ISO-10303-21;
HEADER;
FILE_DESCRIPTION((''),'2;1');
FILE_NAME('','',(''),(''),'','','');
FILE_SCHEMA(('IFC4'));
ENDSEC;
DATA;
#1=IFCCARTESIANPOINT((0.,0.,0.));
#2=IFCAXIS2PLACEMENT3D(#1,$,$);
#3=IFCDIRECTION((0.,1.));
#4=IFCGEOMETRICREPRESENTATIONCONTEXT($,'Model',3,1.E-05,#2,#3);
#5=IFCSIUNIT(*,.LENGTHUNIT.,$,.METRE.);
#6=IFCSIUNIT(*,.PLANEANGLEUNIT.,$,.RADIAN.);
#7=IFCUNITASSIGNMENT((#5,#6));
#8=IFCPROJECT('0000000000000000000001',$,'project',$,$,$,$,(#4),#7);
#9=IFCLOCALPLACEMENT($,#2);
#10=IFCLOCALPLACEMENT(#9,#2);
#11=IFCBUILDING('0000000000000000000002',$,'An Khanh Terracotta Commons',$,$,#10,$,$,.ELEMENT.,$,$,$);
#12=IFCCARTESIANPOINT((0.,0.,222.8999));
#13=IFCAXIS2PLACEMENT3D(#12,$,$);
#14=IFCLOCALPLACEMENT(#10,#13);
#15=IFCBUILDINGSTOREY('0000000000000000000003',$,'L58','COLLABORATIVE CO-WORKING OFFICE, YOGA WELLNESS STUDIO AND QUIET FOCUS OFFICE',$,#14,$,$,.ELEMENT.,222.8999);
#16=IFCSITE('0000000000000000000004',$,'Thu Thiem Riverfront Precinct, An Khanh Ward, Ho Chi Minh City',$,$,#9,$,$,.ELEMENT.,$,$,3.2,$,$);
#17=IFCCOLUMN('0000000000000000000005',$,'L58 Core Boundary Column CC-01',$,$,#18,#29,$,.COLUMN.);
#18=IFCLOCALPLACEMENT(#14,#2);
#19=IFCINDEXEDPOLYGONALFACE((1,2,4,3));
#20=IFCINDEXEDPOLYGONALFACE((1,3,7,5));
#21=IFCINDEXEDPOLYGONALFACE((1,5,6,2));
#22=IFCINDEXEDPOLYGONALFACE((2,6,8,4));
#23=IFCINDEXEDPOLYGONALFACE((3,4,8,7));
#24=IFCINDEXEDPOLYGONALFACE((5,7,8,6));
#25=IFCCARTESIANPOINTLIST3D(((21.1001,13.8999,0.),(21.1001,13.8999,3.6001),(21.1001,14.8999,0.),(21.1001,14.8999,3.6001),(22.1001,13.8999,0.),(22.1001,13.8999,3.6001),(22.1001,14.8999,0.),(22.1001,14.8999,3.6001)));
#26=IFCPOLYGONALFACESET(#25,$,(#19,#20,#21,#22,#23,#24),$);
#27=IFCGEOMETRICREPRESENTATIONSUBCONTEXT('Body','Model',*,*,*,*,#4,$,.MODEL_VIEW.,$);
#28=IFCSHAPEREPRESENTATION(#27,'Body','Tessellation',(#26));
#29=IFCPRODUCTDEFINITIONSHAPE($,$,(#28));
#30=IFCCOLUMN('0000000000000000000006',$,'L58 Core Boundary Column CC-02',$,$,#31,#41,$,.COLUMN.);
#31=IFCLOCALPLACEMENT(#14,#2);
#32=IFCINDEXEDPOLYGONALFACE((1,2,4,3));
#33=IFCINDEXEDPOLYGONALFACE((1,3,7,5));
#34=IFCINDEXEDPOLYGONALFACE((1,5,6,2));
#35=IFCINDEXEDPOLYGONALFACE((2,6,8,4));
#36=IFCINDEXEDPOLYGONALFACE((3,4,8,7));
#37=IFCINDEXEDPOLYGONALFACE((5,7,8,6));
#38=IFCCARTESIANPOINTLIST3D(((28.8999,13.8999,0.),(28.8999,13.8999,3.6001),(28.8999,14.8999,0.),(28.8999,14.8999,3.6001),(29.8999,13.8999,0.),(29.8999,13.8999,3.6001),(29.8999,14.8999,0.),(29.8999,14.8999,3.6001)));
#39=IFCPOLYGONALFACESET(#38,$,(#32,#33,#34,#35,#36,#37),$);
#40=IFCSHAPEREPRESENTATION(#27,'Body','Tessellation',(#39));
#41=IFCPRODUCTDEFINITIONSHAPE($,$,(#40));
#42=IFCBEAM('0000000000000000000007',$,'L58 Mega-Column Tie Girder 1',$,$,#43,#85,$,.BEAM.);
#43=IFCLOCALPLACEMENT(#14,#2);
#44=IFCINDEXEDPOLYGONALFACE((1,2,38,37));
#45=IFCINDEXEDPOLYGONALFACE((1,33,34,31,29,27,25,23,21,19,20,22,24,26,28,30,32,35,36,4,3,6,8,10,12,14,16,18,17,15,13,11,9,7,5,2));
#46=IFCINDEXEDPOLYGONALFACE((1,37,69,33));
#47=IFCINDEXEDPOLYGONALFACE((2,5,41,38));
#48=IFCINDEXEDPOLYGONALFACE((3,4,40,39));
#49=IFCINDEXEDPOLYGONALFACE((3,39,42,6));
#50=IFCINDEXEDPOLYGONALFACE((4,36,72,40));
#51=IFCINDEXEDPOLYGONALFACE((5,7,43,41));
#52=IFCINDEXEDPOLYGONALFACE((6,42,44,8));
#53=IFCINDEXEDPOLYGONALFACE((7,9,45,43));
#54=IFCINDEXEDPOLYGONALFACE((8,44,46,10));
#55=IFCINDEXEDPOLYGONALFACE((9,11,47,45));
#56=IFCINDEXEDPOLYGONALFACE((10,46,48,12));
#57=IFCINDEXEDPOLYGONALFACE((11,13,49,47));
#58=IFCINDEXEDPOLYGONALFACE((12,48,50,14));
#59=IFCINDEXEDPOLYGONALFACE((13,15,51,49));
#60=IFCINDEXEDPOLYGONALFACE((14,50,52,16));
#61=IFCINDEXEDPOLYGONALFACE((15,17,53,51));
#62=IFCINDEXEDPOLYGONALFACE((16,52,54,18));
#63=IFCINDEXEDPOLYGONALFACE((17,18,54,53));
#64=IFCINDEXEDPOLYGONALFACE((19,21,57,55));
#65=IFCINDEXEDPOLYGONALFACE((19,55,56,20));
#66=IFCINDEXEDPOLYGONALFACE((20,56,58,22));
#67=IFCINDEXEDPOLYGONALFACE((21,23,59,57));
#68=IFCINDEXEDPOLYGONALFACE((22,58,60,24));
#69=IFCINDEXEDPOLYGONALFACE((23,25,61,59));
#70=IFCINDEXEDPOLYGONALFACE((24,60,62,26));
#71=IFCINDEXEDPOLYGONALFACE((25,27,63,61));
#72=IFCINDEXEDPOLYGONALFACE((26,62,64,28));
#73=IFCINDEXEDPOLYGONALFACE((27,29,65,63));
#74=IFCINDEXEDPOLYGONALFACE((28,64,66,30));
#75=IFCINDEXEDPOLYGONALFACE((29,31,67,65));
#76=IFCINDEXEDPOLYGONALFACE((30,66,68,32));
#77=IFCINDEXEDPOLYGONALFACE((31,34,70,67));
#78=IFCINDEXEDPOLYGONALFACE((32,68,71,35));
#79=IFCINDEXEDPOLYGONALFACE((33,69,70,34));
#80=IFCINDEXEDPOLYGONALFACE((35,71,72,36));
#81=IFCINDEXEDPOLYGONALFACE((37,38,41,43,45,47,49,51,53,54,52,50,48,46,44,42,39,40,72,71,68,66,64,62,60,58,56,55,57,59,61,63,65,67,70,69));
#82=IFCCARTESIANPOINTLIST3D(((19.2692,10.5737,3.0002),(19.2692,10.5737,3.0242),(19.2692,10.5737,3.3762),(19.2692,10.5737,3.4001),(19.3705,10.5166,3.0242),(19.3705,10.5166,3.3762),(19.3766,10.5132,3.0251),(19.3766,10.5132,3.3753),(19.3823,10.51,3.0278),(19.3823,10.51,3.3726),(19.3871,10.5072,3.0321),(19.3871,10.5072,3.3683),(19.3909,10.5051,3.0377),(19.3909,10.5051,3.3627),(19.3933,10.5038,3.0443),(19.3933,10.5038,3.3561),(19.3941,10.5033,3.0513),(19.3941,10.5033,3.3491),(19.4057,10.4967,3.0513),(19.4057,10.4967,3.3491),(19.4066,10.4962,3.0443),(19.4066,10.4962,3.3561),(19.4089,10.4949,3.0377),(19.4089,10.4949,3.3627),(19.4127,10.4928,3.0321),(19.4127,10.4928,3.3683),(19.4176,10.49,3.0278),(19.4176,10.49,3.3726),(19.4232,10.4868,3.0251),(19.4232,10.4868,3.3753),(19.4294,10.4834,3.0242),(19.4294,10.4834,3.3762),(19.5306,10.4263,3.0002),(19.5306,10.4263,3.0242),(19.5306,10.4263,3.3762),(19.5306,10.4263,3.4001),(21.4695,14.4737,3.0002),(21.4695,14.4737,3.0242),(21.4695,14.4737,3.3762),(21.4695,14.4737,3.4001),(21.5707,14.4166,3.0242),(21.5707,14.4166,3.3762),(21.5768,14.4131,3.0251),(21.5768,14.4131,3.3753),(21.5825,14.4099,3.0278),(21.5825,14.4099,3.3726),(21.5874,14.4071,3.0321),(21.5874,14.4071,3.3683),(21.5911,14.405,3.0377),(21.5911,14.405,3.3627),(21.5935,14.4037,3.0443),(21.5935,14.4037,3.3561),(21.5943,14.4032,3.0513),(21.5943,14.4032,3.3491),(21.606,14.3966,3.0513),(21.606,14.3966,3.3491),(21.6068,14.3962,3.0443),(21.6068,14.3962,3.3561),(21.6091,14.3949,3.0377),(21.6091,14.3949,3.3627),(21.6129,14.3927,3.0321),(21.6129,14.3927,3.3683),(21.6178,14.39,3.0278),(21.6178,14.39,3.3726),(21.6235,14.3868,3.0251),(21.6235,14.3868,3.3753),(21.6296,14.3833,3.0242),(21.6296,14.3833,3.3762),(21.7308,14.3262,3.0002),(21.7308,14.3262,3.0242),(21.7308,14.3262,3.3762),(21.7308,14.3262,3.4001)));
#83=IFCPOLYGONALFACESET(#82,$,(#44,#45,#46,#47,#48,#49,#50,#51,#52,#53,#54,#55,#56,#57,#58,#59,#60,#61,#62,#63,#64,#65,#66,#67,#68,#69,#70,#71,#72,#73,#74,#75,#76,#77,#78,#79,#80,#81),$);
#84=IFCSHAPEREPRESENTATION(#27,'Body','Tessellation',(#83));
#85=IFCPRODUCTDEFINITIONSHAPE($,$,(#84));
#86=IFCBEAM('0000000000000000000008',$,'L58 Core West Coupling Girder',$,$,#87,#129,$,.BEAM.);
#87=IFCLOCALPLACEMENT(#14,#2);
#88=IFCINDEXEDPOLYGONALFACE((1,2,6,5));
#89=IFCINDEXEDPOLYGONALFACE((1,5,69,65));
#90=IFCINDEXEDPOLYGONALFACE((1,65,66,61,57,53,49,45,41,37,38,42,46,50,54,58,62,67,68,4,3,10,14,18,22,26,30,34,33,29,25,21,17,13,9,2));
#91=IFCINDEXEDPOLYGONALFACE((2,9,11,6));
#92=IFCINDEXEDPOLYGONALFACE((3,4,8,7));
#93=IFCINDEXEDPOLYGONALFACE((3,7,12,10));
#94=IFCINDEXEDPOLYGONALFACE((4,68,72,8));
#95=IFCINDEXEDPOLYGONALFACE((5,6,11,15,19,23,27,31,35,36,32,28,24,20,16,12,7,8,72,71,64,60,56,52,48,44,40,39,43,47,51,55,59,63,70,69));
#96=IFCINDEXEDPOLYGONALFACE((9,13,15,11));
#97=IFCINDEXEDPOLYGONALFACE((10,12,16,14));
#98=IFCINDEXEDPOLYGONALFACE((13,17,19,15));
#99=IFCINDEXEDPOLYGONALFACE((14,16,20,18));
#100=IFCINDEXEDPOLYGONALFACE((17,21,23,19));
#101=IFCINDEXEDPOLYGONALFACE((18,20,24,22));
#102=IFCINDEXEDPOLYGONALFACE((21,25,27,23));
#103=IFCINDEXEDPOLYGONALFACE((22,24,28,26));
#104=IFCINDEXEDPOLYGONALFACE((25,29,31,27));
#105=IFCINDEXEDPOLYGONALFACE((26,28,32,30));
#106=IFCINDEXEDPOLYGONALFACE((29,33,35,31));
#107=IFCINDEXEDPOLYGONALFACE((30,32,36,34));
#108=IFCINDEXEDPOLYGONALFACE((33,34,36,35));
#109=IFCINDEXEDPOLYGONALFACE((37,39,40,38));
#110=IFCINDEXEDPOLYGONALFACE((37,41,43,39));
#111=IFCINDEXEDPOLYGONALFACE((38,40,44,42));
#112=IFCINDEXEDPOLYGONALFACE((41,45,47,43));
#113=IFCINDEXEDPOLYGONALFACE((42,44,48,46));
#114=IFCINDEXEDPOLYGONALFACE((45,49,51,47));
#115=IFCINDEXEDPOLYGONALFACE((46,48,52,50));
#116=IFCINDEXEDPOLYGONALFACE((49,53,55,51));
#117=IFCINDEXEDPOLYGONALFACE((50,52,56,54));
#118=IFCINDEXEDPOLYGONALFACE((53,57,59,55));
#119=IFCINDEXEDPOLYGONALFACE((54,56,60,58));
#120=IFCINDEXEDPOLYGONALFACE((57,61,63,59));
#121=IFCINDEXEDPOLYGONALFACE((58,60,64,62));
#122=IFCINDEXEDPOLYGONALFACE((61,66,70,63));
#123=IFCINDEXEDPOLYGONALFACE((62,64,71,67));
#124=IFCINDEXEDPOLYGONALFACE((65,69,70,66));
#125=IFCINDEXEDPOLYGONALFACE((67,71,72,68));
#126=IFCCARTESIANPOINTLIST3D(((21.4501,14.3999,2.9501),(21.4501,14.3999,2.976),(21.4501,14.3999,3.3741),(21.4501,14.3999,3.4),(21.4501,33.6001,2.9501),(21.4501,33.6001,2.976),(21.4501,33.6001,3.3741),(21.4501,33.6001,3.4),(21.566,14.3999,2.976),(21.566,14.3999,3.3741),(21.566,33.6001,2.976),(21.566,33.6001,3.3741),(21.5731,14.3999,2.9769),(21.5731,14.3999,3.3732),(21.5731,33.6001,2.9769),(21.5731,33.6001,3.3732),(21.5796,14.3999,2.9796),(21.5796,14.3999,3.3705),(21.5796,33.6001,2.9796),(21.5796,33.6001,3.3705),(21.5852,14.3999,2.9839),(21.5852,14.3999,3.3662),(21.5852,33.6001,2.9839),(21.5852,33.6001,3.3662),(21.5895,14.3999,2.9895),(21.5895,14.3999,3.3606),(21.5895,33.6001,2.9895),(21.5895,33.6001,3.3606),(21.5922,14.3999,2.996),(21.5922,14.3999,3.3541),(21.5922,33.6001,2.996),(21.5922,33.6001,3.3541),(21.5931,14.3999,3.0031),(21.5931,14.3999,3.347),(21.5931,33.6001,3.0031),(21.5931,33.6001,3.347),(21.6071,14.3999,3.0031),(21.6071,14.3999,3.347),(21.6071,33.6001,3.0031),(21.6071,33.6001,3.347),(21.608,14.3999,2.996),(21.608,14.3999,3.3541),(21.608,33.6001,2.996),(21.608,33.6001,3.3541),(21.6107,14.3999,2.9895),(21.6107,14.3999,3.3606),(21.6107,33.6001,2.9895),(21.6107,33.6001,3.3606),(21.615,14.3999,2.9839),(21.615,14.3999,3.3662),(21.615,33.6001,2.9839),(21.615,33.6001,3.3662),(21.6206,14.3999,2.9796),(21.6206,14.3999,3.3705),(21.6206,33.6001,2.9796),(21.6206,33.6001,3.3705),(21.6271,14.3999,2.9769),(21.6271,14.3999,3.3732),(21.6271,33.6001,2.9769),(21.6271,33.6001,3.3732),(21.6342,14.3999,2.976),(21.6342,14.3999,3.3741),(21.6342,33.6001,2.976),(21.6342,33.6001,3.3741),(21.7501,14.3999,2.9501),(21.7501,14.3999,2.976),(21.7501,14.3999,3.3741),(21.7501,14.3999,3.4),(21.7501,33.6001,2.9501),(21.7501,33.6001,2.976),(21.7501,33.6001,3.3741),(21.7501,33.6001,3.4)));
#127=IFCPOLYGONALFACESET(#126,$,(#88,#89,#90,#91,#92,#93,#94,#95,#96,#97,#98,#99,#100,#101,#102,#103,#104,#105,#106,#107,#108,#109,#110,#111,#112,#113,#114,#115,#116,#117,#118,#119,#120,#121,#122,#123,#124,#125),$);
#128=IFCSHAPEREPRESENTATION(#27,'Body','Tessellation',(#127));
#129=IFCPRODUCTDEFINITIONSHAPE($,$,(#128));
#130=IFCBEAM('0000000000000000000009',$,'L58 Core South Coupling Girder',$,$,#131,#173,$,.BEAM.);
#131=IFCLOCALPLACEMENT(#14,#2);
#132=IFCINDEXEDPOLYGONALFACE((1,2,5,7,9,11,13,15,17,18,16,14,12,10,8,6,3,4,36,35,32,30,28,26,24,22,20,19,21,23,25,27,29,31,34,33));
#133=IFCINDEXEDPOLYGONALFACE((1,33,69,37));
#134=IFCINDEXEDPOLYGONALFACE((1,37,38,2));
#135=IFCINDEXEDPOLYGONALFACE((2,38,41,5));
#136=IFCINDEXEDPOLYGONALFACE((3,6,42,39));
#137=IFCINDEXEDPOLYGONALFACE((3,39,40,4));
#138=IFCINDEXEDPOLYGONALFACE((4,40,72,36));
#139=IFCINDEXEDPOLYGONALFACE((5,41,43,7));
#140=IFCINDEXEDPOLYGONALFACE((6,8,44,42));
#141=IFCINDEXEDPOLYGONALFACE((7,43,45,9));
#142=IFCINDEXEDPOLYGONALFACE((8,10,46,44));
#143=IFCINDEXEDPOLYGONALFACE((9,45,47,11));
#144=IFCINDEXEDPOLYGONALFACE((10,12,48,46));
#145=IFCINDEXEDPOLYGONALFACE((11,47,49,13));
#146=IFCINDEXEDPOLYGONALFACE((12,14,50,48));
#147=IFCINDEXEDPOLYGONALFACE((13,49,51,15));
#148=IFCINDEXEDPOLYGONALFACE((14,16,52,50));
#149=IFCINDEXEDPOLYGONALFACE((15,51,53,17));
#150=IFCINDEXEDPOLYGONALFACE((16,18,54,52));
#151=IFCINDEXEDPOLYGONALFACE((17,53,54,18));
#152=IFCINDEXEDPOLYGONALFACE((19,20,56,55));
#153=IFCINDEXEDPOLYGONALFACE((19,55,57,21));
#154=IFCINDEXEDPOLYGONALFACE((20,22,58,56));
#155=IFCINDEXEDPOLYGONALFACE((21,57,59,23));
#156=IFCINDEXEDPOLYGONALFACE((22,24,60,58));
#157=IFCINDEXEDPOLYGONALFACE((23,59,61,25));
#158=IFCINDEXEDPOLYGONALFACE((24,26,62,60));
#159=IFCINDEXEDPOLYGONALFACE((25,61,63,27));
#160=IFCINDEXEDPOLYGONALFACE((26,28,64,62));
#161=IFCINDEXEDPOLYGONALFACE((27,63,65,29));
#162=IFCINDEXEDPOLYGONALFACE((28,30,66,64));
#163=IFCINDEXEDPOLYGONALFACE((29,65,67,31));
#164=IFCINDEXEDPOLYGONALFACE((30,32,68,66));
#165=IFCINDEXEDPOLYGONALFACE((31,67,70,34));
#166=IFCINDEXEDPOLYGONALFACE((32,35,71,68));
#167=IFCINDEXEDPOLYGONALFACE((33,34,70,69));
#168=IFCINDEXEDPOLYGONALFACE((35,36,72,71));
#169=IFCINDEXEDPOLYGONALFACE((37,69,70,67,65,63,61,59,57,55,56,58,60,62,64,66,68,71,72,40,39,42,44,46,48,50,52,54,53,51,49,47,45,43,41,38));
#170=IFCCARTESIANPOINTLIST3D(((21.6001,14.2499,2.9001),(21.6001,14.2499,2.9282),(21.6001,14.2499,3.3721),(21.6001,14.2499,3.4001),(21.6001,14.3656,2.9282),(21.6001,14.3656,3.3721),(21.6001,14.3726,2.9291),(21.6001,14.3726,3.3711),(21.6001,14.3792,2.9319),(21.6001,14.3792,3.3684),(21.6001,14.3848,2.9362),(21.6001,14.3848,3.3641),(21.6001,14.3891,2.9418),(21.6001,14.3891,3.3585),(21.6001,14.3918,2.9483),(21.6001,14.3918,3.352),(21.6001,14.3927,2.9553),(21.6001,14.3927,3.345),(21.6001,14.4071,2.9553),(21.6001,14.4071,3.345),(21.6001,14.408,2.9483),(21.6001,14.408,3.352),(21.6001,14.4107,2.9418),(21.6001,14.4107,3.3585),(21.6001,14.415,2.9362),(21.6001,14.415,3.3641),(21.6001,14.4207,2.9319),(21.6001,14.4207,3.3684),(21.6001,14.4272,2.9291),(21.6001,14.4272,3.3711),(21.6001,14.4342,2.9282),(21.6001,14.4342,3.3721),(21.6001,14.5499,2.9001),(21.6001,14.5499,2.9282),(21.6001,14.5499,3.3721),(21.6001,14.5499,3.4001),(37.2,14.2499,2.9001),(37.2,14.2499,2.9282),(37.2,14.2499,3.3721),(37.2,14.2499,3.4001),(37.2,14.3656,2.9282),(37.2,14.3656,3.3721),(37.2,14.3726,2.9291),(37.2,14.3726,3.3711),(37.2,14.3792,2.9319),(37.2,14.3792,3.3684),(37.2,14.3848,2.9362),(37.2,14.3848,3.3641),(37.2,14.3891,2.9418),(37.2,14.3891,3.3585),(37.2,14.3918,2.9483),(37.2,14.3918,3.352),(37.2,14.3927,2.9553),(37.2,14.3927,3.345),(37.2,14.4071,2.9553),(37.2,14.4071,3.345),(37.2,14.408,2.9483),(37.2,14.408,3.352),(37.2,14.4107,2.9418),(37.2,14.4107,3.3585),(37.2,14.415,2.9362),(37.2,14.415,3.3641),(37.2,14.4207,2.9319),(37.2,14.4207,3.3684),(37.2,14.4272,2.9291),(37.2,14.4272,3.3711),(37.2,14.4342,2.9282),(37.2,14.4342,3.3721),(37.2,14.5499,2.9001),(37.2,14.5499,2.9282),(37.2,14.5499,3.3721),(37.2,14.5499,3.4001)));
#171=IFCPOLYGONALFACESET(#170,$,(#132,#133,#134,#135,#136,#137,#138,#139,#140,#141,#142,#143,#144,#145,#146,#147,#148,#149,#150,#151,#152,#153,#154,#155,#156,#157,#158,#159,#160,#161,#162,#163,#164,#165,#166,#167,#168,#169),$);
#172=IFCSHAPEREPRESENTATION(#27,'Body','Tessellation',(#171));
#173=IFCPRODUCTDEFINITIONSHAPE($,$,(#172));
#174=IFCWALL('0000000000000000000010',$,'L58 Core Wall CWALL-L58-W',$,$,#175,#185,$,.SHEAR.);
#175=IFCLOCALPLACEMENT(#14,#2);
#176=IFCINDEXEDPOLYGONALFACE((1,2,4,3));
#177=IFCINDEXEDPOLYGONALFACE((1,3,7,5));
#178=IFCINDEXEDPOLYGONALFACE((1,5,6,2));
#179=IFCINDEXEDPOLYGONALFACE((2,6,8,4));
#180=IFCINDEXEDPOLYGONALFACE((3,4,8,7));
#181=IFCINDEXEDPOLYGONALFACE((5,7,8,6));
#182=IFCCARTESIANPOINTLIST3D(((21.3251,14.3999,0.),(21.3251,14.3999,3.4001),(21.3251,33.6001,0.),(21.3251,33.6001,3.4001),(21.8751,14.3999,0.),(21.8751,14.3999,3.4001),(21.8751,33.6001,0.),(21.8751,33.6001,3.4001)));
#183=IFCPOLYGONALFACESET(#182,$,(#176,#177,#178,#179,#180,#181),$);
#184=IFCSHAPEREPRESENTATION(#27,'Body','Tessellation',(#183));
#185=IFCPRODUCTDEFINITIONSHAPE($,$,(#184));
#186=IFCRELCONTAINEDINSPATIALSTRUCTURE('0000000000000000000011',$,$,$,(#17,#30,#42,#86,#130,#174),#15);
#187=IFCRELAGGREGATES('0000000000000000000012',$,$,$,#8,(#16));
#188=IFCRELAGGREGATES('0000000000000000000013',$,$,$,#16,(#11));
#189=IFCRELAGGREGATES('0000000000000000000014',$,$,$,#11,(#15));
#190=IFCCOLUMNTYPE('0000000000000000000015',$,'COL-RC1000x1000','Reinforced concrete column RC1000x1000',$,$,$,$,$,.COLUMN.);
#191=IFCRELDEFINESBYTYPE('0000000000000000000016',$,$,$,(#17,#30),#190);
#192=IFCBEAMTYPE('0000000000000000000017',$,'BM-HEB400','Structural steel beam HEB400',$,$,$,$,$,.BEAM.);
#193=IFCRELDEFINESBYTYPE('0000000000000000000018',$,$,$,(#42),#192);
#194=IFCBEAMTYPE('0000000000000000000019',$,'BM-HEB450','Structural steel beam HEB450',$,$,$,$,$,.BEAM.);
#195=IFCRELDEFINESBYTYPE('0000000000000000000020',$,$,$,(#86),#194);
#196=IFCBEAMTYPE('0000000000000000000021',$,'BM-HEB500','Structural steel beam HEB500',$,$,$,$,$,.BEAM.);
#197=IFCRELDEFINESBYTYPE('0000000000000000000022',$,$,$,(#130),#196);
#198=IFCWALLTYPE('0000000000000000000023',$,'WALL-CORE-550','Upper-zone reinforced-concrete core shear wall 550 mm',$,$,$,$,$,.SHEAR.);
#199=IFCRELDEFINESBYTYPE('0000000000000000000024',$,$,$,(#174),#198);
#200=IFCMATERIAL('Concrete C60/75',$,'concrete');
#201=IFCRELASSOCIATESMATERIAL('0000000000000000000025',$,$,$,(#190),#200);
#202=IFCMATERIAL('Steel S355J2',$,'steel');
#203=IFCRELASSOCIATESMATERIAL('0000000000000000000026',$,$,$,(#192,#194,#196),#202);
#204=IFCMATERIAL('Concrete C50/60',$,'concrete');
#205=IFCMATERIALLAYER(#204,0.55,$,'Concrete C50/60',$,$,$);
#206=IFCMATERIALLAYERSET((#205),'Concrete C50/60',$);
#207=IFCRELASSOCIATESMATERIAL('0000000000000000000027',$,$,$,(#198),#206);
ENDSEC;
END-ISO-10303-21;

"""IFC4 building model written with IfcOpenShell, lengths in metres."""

from ifc_helpers import new_model, si_unit, direction, frame, frame_2d, origin, origin_2d, place, context, subcontext, project, spatial, rectangle, i_section, extrude, material, layer, layer_set, material_profile, profile_set, type_object, element, save


model = new_model("IFC4")

# Units and contexts
model_context = context("Model", 3, precision=1e-05, world=origin(), true_north=direction((0.0, 1.0)))
body_context = subcontext(model_context, "Body", "Model", "MODEL_VIEW")
ifc_project = project(units=[si_unit("LENGTHUNIT", "METRE"), si_unit("PLANEANGLEUNIT", "RADIAN")], contexts=[model_context])

# Site, building, storey
site_placement = place(None, origin())
site = spatial("IfcSite", under=ifc_project, at=site_placement, Name="Thu Thiem Riverfront Precinct, An Khanh Ward, Ho Chi Minh City", CompositionType="ELEMENT", RefElevation=3.2)
building_placement = place(site_placement, origin())
building = spatial("IfcBuilding", under=site, at=building_placement, Name="An Khanh Terracotta Commons", CompositionType="ELEMENT")
storey_placement = place(building_placement, frame((0.0, 0.0, 222.8999)))
storey = spatial("IfcBuildingStorey", under=building, at=storey_placement, Name="L58", Description="COLLABORATIVE CO-WORKING OFFICE, YOGA WELLNESS STUDIO AND QUIET FOCUS OFFICE", CompositionType="ELEMENT", Elevation=222.8999)

# Columns
ifc_material_1 = material(Name="Concrete C60/75", Category="concrete")
ifc_material_profile_1 = material_profile(ifc_material_1, rectangle(XDim=1.0, YDim=1.0, at=origin_2d()), Name="RC1000x1000")
ifc_profile_set_1 = profile_set([ifc_material_profile_1], Name="Concrete C60/75")
column_type = type_object("IfcColumnType", Name="COL-RC1000x1000", Description="Reinforced concrete column RC1000x1000", PredefinedType="COLUMN", material=ifc_profile_set_1)
for number, where, z_axis, x_axis, name in (
    (1, (21.6001, 14.3999, 0.0), (0.0, 0.0, 1.0), (1.0, 0.0, 0.0), "L58 Core Boundary Column CC-01"),
    (2, (29.3999, 14.3999, 0.0), (0.0, 0.0, 1.0), (1.0, 0.0, 0.0), "L58 Core Boundary Column CC-02"),
):
    element("IfcColumn", number, at=place(storey_placement, frame(where, z_axis=z_axis, x_axis=x_axis)), inside=storey, type_object=column_type, Name=name, PredefinedType="COLUMN", context=body_context, shape_type="SweptSolid", body=[
        extrude(rectangle(XDim=1.0, YDim=1.0, at=origin_2d()), origin(), (0.0, 0.0, 1.0), 3.6001),
    ])

# Beams
ifc_material_2 = material(Name="Steel S355J2", Category="steel")
ifc_material_profile_2 = material_profile(ifc_material_2, i_section(OverallWidth=0.3, OverallDepth=0.3999, WebThickness=0.0134, FlangeThickness=0.0239, FilletRadius=0.0271, at=origin_2d()), Name="HEB400")
ifc_profile_set_2 = profile_set([ifc_material_profile_2], Name="Steel S355J2")
beam_type_1 = type_object("IfcBeamType", Name="BM-HEB400", Description="Structural steel beam HEB400", PredefinedType="BEAM", material=ifc_profile_set_2)
beam_1_placement = place(storey_placement, frame((19.3999, 10.5, 3.2002), z_axis=(0.491364, 0.870955, 0.0), x_axis=(-0.870955, 0.491364, 0.0)))
element("IfcBeam", 3, at=beam_1_placement, inside=storey, type_object=beam_type_1, Name="L58 Mega-Column Tie Girder 1", PredefinedType="BEAM", context=body_context, shape_type="SweptSolid", body=[
    extrude(i_section(OverallWidth=0.3, OverallDepth=0.3999, WebThickness=0.0134, FlangeThickness=0.0239, FilletRadius=0.0271, at=origin_2d()), origin(), (0.0, 0.0, 1.0), 4.4778),
])
ifc_material_profile_3 = material_profile(ifc_material_2, i_section(OverallWidth=0.3, OverallDepth=0.45, WebThickness=0.0139, FlangeThickness=0.0259, FilletRadius=0.0271, at=origin_2d()), Name="HEB450")
ifc_profile_set_3 = profile_set([ifc_material_profile_3], Name="Steel S355J2")
beam_type_2 = type_object("IfcBeamType", Name="BM-HEB450", Description="Structural steel beam HEB450", PredefinedType="BEAM", material=ifc_profile_set_3)
beam_2_placement = place(storey_placement, frame((21.6001, 14.3999, 3.175), z_axis=(0.0, 1.0, 0.0), x_axis=(-1.0, 0.0, 0.0)))
element("IfcBeam", 4, at=beam_2_placement, inside=storey, type_object=beam_type_2, Name="L58 Core West Coupling Girder", PredefinedType="BEAM", context=body_context, shape_type="SweptSolid", body=[
    extrude(i_section(OverallWidth=0.3, OverallDepth=0.45, WebThickness=0.0139, FlangeThickness=0.0259, FilletRadius=0.0271, at=origin_2d()), origin(), (0.0, 0.0, 1.0), 19.2002),
])
ifc_material_profile_4 = material_profile(ifc_material_2, i_section(OverallWidth=0.3, OverallDepth=0.5, WebThickness=0.0144, FlangeThickness=0.0281, FilletRadius=0.0271, at=origin_2d()), Name="HEB500")
ifc_profile_set_4 = profile_set([ifc_material_profile_4], Name="Steel S355J2")
beam_type_3 = type_object("IfcBeamType", Name="BM-HEB500", Description="Structural steel beam HEB500", PredefinedType="BEAM", material=ifc_profile_set_4)
beam_3_placement = place(storey_placement, frame((21.6001, 14.3999, 3.1501), z_axis=(1.0, 0.0, 0.0), x_axis=(0.0, 1.0, 0.0)))
element("IfcBeam", 5, at=beam_3_placement, inside=storey, type_object=beam_type_3, Name="L58 Core South Coupling Girder", PredefinedType="BEAM", context=body_context, shape_type="SweptSolid", body=[
    extrude(i_section(OverallWidth=0.3, OverallDepth=0.5, WebThickness=0.0144, FlangeThickness=0.0281, FilletRadius=0.0271, at=origin_2d()), origin(), (0.0, 0.0, 1.0), 15.5999),
])

# Wall
ifc_material_3 = material(Name="Concrete C50/60", Category="concrete")
ifc_layer_1 = layer(ifc_material_3, 0.55, Name="Concrete C50/60")
ifc_layer_set_1 = layer_set([ifc_layer_1], Name="Concrete C50/60")
wall_type_1 = type_object("IfcWallType", Name="WALL-CORE-550", Description="Upper-zone reinforced-concrete core shear wall 550 mm", PredefinedType="SHEAR", material=ifc_layer_set_1)
wall_1_placement = place(storey_placement, frame((21.6001, 14.3999, 0.0), z_axis=(0.0, 0.0, 1.0), x_axis=(0.0, 1.0, 0.0)))
element("IfcWall", 6, at=wall_1_placement, inside=storey, type_object=wall_type_1, Name="L58 Core Wall CWALL-L58-W", PredefinedType="SHEAR", context=body_context, shape_type="SweptSolid", body=[
    extrude(rectangle(XDim=19.2002, YDim=0.55, at=frame_2d((9.6001, 0.0))), origin(), (0.0, 0.0, 1.0), 3.4001),
])

save(model, "model.ifc")
